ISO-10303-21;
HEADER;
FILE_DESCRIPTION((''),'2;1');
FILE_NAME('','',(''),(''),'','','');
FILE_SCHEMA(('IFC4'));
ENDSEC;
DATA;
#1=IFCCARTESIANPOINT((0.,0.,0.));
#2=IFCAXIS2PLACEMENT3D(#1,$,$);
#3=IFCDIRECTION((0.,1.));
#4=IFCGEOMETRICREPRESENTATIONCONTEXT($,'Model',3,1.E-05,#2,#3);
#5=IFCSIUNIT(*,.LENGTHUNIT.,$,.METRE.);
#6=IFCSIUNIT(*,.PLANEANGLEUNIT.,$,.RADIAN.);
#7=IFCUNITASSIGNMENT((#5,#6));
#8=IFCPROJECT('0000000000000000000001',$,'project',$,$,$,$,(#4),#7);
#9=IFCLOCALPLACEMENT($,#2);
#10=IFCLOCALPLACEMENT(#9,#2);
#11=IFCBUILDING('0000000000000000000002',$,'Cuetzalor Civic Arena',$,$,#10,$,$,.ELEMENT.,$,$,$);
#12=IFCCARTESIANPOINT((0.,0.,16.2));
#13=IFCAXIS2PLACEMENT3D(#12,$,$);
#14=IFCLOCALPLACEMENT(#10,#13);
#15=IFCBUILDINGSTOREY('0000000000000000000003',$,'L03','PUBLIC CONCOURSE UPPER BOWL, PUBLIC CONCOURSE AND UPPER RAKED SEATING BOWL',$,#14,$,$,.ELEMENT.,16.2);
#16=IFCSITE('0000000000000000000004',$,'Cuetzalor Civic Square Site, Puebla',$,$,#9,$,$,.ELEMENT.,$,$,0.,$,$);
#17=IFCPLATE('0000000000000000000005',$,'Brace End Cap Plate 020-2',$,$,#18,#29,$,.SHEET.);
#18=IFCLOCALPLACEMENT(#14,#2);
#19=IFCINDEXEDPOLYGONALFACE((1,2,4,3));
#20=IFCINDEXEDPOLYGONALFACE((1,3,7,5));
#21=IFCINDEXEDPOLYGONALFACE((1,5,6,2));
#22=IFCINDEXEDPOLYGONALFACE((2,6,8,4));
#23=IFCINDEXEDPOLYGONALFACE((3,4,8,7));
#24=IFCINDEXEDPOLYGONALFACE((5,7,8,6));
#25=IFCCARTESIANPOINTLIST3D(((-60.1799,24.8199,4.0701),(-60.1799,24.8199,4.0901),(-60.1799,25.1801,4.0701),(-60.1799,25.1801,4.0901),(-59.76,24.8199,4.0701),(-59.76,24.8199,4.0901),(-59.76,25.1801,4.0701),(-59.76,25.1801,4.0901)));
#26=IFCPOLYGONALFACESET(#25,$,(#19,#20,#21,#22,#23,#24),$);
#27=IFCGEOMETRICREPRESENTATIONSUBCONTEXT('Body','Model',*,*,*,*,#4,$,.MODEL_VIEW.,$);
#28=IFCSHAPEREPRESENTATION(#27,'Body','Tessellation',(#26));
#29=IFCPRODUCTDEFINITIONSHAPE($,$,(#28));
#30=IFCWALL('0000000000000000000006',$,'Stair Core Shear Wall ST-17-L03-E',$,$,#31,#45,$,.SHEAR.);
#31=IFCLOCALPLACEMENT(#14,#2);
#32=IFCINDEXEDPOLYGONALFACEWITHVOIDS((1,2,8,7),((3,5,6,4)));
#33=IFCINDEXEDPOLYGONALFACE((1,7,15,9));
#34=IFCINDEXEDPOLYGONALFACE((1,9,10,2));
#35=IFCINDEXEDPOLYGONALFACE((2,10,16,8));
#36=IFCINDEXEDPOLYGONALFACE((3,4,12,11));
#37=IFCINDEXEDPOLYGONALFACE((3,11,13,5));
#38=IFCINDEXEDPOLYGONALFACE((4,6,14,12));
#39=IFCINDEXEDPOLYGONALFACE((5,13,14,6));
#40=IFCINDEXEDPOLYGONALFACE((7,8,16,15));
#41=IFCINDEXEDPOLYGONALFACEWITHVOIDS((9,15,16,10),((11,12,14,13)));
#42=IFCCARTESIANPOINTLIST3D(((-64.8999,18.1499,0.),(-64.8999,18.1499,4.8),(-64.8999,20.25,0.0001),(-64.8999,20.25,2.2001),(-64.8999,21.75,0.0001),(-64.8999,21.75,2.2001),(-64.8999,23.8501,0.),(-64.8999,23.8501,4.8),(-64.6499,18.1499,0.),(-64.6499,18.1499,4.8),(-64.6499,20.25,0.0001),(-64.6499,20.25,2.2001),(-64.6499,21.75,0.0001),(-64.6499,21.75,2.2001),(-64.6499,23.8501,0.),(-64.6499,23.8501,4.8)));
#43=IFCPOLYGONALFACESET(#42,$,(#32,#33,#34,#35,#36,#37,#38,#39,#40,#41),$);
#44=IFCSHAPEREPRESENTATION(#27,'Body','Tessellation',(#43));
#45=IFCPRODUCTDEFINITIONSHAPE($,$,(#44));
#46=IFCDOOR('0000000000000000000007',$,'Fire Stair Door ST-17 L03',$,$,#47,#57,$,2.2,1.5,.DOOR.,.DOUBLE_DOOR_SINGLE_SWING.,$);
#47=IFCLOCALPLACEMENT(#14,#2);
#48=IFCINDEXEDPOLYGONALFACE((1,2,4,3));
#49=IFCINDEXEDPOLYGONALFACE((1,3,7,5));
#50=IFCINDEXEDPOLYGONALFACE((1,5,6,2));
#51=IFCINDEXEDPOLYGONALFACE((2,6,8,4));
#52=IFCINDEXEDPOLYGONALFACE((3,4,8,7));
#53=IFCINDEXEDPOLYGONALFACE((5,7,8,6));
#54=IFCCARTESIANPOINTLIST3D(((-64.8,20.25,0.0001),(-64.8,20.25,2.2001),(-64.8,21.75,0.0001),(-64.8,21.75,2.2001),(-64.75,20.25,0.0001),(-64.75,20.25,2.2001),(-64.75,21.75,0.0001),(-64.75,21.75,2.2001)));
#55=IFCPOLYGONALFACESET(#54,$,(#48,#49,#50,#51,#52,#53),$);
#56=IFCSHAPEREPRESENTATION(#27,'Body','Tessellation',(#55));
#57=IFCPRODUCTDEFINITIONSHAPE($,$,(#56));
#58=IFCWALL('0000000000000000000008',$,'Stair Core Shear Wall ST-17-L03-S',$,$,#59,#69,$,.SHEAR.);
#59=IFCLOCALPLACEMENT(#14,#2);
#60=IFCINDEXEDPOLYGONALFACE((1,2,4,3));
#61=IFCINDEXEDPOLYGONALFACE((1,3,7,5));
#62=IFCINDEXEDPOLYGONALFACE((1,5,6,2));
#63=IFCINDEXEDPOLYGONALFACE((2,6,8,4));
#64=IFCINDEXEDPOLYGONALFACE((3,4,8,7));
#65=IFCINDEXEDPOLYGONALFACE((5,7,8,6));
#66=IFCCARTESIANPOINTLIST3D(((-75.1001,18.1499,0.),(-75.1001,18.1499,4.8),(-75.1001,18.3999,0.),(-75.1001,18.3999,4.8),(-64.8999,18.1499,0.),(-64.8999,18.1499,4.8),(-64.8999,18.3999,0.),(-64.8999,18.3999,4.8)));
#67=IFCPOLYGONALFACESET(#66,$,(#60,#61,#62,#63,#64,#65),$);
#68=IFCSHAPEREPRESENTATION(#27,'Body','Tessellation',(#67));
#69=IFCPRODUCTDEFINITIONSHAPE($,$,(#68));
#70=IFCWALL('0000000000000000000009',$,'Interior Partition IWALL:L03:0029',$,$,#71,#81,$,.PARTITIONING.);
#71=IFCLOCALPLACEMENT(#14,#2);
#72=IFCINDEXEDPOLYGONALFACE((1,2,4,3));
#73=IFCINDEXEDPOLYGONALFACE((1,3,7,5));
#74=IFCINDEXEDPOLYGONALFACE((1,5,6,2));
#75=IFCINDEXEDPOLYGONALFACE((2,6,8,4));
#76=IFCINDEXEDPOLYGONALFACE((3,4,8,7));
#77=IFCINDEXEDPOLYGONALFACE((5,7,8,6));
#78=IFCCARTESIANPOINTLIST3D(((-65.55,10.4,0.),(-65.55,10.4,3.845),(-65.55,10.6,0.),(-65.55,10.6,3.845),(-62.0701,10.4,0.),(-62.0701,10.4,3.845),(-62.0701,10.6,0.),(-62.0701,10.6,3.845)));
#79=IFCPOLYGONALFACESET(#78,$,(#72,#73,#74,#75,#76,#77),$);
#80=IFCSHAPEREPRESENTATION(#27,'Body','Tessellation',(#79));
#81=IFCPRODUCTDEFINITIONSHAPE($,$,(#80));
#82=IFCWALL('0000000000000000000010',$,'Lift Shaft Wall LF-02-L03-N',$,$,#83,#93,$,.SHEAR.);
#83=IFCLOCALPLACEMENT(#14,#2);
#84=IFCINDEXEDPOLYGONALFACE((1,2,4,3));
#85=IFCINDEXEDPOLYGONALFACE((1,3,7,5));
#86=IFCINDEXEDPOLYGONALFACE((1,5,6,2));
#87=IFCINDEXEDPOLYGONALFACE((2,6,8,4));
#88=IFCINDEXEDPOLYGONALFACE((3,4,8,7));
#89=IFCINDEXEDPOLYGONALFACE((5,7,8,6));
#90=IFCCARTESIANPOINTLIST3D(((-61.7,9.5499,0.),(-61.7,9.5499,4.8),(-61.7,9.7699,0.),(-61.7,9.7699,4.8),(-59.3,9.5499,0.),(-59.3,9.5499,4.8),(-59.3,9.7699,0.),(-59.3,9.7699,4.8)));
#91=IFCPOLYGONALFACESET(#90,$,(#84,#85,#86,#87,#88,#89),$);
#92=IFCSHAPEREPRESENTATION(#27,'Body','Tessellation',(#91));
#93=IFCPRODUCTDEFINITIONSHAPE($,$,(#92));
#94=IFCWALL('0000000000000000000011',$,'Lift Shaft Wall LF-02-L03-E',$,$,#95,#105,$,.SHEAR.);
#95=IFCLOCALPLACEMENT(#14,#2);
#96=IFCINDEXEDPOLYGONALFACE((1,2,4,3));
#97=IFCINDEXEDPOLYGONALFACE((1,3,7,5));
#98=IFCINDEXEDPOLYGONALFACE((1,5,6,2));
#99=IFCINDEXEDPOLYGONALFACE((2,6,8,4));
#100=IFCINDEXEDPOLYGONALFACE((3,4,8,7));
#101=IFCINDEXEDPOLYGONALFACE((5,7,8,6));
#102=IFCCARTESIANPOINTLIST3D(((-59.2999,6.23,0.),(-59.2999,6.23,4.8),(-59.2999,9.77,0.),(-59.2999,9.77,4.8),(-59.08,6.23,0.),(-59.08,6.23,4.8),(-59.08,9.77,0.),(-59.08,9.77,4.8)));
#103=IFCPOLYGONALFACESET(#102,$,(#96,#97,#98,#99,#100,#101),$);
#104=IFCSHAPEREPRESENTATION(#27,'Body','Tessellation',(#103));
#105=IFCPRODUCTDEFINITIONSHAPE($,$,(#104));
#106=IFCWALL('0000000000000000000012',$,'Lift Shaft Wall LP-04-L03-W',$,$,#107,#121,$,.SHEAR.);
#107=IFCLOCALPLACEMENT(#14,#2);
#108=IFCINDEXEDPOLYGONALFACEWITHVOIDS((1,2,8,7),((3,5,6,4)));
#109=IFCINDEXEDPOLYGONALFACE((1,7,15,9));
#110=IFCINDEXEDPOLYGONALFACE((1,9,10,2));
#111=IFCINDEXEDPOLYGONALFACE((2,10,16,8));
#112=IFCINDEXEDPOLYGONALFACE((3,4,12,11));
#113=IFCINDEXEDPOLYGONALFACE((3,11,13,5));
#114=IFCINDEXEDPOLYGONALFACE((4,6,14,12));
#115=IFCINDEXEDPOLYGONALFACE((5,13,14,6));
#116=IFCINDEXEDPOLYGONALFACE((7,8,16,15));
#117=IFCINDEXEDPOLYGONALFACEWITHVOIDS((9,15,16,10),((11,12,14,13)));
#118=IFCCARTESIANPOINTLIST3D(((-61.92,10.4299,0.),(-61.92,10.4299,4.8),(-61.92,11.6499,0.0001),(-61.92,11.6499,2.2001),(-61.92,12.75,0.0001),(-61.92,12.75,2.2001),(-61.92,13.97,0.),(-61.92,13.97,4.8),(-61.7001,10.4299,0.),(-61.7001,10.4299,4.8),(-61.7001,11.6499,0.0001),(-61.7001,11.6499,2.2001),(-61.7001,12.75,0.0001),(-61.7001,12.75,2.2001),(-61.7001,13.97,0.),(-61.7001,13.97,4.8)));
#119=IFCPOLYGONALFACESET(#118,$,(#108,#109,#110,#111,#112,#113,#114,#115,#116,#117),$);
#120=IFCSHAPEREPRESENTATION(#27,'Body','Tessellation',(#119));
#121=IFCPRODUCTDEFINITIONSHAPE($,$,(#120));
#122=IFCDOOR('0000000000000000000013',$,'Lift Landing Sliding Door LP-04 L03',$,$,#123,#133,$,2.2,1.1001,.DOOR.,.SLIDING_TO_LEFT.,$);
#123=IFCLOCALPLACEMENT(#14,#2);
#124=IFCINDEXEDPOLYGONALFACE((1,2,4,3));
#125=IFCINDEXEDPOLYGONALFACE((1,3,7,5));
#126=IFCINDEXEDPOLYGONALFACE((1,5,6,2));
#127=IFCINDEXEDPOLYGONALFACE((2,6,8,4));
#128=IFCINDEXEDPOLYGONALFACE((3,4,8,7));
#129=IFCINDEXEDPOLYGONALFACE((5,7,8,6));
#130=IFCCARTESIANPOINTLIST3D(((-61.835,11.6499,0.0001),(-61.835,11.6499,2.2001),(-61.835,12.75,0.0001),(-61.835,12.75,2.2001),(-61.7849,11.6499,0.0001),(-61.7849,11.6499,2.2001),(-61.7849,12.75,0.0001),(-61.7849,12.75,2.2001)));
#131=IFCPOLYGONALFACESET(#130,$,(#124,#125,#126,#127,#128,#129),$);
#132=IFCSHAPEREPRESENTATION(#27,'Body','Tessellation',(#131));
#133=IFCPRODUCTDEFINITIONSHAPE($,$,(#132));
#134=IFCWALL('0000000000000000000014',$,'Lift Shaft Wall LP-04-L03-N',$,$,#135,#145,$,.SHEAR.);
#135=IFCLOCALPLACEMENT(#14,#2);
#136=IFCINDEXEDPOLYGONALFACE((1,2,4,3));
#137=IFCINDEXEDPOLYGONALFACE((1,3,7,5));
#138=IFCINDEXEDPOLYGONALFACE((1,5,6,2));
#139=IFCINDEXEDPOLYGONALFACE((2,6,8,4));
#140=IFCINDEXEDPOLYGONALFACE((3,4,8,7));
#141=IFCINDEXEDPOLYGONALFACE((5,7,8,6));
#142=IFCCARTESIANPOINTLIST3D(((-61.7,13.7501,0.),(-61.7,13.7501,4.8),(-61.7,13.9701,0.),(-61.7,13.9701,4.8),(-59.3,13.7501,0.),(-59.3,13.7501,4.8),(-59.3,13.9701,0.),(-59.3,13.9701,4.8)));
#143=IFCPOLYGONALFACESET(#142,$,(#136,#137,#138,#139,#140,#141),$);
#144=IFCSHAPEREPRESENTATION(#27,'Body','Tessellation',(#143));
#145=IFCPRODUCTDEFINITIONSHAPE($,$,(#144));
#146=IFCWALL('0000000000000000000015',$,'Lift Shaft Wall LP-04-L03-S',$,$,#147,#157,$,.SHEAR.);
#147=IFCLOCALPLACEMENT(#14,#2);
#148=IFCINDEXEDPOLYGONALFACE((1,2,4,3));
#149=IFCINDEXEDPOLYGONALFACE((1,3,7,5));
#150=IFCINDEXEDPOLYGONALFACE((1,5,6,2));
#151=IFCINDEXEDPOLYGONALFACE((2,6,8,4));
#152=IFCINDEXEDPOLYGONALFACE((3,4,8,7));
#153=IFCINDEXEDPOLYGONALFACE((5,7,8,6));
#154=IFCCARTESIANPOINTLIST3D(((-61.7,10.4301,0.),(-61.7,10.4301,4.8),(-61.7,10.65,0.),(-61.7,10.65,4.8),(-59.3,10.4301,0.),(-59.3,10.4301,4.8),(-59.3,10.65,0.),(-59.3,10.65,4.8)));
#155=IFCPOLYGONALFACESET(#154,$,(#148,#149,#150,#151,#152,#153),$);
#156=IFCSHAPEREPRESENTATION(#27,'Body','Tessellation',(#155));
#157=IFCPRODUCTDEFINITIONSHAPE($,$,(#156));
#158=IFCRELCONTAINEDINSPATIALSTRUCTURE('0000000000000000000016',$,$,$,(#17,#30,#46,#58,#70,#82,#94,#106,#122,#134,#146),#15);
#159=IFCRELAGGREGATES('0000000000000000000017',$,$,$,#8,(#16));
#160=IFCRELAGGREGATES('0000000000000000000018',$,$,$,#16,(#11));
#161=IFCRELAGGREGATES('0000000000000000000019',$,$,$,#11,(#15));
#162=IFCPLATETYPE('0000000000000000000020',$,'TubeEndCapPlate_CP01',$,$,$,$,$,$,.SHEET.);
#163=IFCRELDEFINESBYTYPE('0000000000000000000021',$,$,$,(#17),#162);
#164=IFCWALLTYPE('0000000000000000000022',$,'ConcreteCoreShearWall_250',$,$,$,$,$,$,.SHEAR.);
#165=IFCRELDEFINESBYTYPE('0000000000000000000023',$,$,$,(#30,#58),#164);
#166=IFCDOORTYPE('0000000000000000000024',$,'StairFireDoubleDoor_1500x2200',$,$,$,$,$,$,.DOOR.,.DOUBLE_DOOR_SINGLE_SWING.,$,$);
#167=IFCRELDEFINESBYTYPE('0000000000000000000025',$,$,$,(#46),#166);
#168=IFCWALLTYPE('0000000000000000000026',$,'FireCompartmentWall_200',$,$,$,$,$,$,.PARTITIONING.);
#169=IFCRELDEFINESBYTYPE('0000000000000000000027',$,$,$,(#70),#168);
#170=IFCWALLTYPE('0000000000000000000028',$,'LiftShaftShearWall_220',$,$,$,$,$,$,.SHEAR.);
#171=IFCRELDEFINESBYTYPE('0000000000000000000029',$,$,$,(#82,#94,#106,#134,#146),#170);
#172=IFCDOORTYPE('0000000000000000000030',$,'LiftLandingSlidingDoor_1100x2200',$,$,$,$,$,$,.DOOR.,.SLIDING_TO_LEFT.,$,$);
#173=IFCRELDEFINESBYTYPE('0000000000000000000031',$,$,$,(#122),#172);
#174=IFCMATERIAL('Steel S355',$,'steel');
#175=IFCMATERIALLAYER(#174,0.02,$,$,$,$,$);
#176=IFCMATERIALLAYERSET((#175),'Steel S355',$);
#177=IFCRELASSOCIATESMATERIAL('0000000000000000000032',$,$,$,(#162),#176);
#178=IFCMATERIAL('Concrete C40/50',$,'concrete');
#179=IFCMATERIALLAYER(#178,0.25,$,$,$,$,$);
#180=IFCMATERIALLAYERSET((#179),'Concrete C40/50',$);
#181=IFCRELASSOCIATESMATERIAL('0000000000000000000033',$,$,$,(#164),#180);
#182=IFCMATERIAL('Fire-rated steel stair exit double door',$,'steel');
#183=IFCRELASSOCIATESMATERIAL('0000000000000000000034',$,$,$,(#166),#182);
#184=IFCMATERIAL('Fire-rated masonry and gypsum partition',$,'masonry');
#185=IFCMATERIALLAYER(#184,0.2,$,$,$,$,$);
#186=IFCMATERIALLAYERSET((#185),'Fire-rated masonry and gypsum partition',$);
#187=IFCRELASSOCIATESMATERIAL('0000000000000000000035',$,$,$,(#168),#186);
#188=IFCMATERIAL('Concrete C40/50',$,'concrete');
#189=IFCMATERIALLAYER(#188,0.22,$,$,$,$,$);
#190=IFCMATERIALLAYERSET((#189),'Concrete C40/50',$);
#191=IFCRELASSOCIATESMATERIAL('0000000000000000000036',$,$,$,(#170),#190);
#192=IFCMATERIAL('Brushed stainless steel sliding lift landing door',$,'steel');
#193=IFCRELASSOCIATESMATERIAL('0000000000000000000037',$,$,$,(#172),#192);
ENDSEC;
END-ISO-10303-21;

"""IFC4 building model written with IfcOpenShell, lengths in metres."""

from ifc_helpers import new_model, si_unit, direction, frame, frame_2d, origin, origin_2d, place, context, subcontext, project, spatial, rectangle, extrude, material, layer, layer_set, type_object, element, fill, save


model = new_model("IFC4")

# Units and contexts
model_context = context("Model", 3, precision=1e-05, world=origin(), true_north=direction((0.0, 1.0)))
body_context = subcontext(model_context, "Body", "Model", "MODEL_VIEW")
ifc_project = project(units=[si_unit("LENGTHUNIT", "METRE"), si_unit("PLANEANGLEUNIT", "RADIAN")], contexts=[model_context])

# Site, building, storey
site_placement = place(None, origin())
site = spatial("IfcSite", under=ifc_project, at=site_placement, Name="Cuetzalor Civic Square Site, Puebla", CompositionType="ELEMENT", RefElevation=0.0)
building_placement = place(site_placement, origin())
building = spatial("IfcBuilding", under=site, at=building_placement, Name="Cuetzalor Civic Arena", CompositionType="ELEMENT")
storey_placement = place(building_placement, frame((0.0, 0.0, 16.2)))
storey = spatial("IfcBuildingStorey", under=building, at=storey_placement, Name="L03", Description="PUBLIC CONCOURSE UPPER BOWL, PUBLIC CONCOURSE AND UPPER RAKED SEATING BOWL", CompositionType="ELEMENT", Elevation=16.2)

# Plate
ifc_material_1 = material(Name="Steel S355", Category="steel")
ifc_layer_1 = layer(ifc_material_1, 0.02)
ifc_layer_set_1 = layer_set([ifc_layer_1], Name="Steel S355")
plate_type = type_object("IfcPlateType", Name="TubeEndCapPlate_CP01", PredefinedType="SHEET", material=ifc_layer_set_1)
for number, where, z_axis, x_axis, name in (
    (1, (-59.97, 25.0, 4.0701), (0.0, 0.0, 1.0), (1.0, 0.0, 0.0), "Brace End Cap Plate 020-2"),
):
    element("IfcPlate", number, at=place(storey_placement, frame(where, z_axis=z_axis, x_axis=x_axis)), inside=storey, type_object=plate_type, Name=name, PredefinedType="SHEET", context=body_context, shape_type="SweptSolid", body=[
        extrude(rectangle(XDim=0.4199, YDim=0.3601, at=origin_2d()), origin(), (0.0, 0.0, 1.0), 0.02),
    ])

# Wall, opening, door
ifc_material_2 = material(Name="Concrete C40/50", Category="concrete")
ifc_layer_2 = layer(ifc_material_2, 0.25)
ifc_layer_set_2 = layer_set([ifc_layer_2], Name="Concrete C40/50")
wall_type_1 = type_object("IfcWallType", Name="ConcreteCoreShearWall_250", PredefinedType="SHEAR", material=ifc_layer_set_2)
wall_1_placement = place(storey_placement, frame((-64.7749, 23.8501, 0.0), z_axis=(0.0, 0.0, 1.0), x_axis=(0.0, -1.0, 0.0)))
wall_1 = element("IfcWall", 2, at=wall_1_placement, inside=storey, type_object=wall_type_1, Name="Stair Core Shear Wall ST-17-L03-E", PredefinedType="SHEAR", context=body_context, shape_type="SweptSolid", body=[
    extrude(rectangle(XDim=5.7002, YDim=0.25, at=frame_2d((2.8501, 0.0))), origin(), (0.0, 0.0, 1.0), 4.8),
])
opening_1_placement = place(wall_1_placement, frame((2.1001, 0.0, 0.0)))
opening_1 = element("IfcOpeningElement", 3, at=opening_1_placement, cuts=wall_1, PredefinedType="OPENING", context=body_context, shape_type="SweptSolid", body=[
    extrude(rectangle(XDim=1.5, YDim=2.2, at=frame_2d((0.75, 1.1001))), frame((0.0, 0.135, 0.0), z_axis=(0.0, -1.0, 0.0), x_axis=(1.0, 0.0, 0.0)), (0.0, 0.0, 1.0), 0.27),
])
ifc_material_3 = material(Name="Fire-rated steel stair exit double door", Category="steel")
door_type_1 = type_object("IfcDoorType", Name="StairFireDoubleDoor_1500x2200", OperationType="DOUBLE_DOOR_SINGLE_SWING", PredefinedType="DOOR", material=ifc_material_3)
door_1_placement = place(opening_1_placement, origin())
door_1 = element("IfcDoor", 4, at=door_1_placement, inside=storey, type_object=door_type_1, Name="Fire Stair Door ST-17 L03", OperationType="DOUBLE_DOOR_SINGLE_SWING", OverallHeight=2.2, OverallWidth=1.5, PredefinedType="DOOR", context=body_context, shape_type="SweptSolid", body=[
    extrude(rectangle(XDim=1.5, YDim=2.2, at=frame_2d((0.75, 1.1001))), frame((0.0, 0.0249, 0.0), z_axis=(0.0, -1.0, 0.0), x_axis=(1.0, 0.0, 0.0)), (0.0, 0.0, 1.0), 0.05),
])
fill(opening_1, door_1)

# Walls
wall_2_placement = place(storey_placement, frame((-64.8999, 18.2749, 0.0), z_axis=(0.0, 0.0, 1.0), x_axis=(-1.0, 0.0, 0.0)))
element("IfcWall", 5, at=wall_2_placement, inside=storey, type_object=wall_type_1, Name="Stair Core Shear Wall ST-17-L03-S", PredefinedType="SHEAR", context=body_context, shape_type="SweptSolid", body=[
    extrude(rectangle(XDim=10.2002, YDim=0.25, at=frame_2d((5.1001, 0.0))), origin(), (0.0, 0.0, 1.0), 4.8),
])
ifc_material_4 = material(Name="Fire-rated masonry and gypsum partition", Category="masonry")
ifc_layer_3 = layer(ifc_material_4, 0.2)
ifc_layer_set_3 = layer_set([ifc_layer_3], Name="Fire-rated masonry and gypsum partition")
wall_type_2 = type_object("IfcWallType", Name="FireCompartmentWall_200", PredefinedType="PARTITIONING", material=ifc_layer_set_3)
wall_3_placement = place(storey_placement, frame((-65.55, 10.5, 0.0), z_axis=(0.0, 0.0, 1.0), x_axis=(1.0, 0.0, 0.0)))
element("IfcWall", 6, at=wall_3_placement, inside=storey, type_object=wall_type_2, Name="Interior Partition IWALL:L03:0029", PredefinedType="PARTITIONING", context=body_context, shape_type="SweptSolid", body=[
    extrude(rectangle(XDim=3.48, YDim=0.2, at=frame_2d((1.74, 0.0))), origin(), (0.0, 0.0, 1.0), 3.845),
])
ifc_material_5 = material(Name="Concrete C40/50", Category="concrete")
ifc_layer_4 = layer(ifc_material_5, 0.22)
ifc_layer_set_4 = layer_set([ifc_layer_4], Name="Concrete C40/50")
wall_type_3 = type_object("IfcWallType", Name="LiftShaftShearWall_220", PredefinedType="SHEAR", material=ifc_layer_set_4)
wall_4_placement = place(storey_placement, frame((-61.7, 9.6599, 0.0), z_axis=(0.0, 0.0, 1.0), x_axis=(1.0, 0.0, 0.0)))
element("IfcWall", 7, at=wall_4_placement, inside=storey, type_object=wall_type_3, Name="Lift Shaft Wall LF-02-L03-N", PredefinedType="SHEAR", context=body_context, shape_type="SweptSolid", body=[
    extrude(rectangle(XDim=2.3999, YDim=0.22, at=frame_2d((1.2, 0.0))), origin(), (0.0, 0.0, 1.0), 4.8),
])
wall_5_placement = place(storey_placement, frame((-59.1899, 9.77, 0.0), z_axis=(0.0, 0.0, 1.0), x_axis=(0.0, -1.0, 0.0)))
element("IfcWall", 8, at=wall_5_placement, inside=storey, type_object=wall_type_3, Name="Lift Shaft Wall LF-02-L03-E", PredefinedType="SHEAR", context=body_context, shape_type="SweptSolid", body=[
    extrude(rectangle(XDim=3.54, YDim=0.22, at=frame_2d((1.77, 0.0))), origin(), (0.0, 0.0, 1.0), 4.8),
])

# Wall, opening, door
wall_6_placement = place(storey_placement, frame((-61.8101, 10.4299, 0.0), z_axis=(0.0, 0.0, 1.0), x_axis=(0.0, 1.0, 0.0)))
wall_6 = element("IfcWall", 9, at=wall_6_placement, inside=storey, type_object=wall_type_3, Name="Lift Shaft Wall LP-04-L03-W", PredefinedType="SHEAR", context=body_context, shape_type="SweptSolid", body=[
    extrude(rectangle(XDim=3.54, YDim=0.22, at=frame_2d((1.77, 0.0))), origin(), (0.0, 0.0, 1.0), 4.8),
])
opening_2_placement = place(wall_6_placement, frame((1.22, 0.0, 0.0)))
opening_2 = element("IfcOpeningElement", 10, at=opening_2_placement, cuts=wall_6, PredefinedType="OPENING", context=body_context, shape_type="SweptSolid", body=[
    extrude(rectangle(XDim=1.1001, YDim=2.2, at=frame_2d((0.55, 1.1001))), frame((0.0, 0.1201, 0.0), z_axis=(0.0, -1.0, 0.0), x_axis=(1.0, 0.0, 0.0)), (0.0, 0.0, 1.0), 0.24),
])
ifc_material_6 = material(Name="Brushed stainless steel sliding lift landing door", Category="steel")
door_type_2 = type_object("IfcDoorType", Name="LiftLandingSlidingDoor_1100x2200", OperationType="SLIDING_TO_LEFT", PredefinedType="DOOR", material=ifc_material_6)
door_2_placement = place(opening_2_placement, origin())
door_2 = element("IfcDoor", 11, at=door_2_placement, inside=storey, type_object=door_type_2, Name="Lift Landing Sliding Door LP-04 L03", OperationType="SLIDING_TO_LEFT", OverallHeight=2.2, OverallWidth=1.1001, PredefinedType="DOOR", context=body_context, shape_type="SweptSolid", body=[
    extrude(rectangle(XDim=1.1001, YDim=2.2, at=frame_2d((0.55, 1.1001))), frame((0.0, 0.0249, 0.0), z_axis=(0.0, -1.0, 0.0), x_axis=(1.0, 0.0, 0.0)), (0.0, 0.0, 1.0), 0.05),
])
fill(opening_2, door_2)

# Walls
for number, where, z_axis, x_axis, name in (
    (12, (-61.7, 13.8601, 0.0), (0.0, 0.0, 1.0), (1.0, 0.0, 0.0), "Lift Shaft Wall LP-04-L03-N"),
    (13, (-59.3, 10.54, 0.0), (0.0, 0.0, 1.0), (-1.0, 0.0, 0.0), "Lift Shaft Wall LP-04-L03-S"),
):
    element("IfcWall", number, at=place(storey_placement, frame(where, z_axis=z_axis, x_axis=x_axis)), inside=storey, type_object=wall_type_3, Name=name, PredefinedType="SHEAR", context=body_context, shape_type="SweptSolid", body=[
        extrude(rectangle(XDim=2.3999, YDim=0.22, at=frame_2d((1.2, 0.0))), origin(), (0.0, 0.0, 1.0), 4.8),
    ])

save(model, "model.ifc")
